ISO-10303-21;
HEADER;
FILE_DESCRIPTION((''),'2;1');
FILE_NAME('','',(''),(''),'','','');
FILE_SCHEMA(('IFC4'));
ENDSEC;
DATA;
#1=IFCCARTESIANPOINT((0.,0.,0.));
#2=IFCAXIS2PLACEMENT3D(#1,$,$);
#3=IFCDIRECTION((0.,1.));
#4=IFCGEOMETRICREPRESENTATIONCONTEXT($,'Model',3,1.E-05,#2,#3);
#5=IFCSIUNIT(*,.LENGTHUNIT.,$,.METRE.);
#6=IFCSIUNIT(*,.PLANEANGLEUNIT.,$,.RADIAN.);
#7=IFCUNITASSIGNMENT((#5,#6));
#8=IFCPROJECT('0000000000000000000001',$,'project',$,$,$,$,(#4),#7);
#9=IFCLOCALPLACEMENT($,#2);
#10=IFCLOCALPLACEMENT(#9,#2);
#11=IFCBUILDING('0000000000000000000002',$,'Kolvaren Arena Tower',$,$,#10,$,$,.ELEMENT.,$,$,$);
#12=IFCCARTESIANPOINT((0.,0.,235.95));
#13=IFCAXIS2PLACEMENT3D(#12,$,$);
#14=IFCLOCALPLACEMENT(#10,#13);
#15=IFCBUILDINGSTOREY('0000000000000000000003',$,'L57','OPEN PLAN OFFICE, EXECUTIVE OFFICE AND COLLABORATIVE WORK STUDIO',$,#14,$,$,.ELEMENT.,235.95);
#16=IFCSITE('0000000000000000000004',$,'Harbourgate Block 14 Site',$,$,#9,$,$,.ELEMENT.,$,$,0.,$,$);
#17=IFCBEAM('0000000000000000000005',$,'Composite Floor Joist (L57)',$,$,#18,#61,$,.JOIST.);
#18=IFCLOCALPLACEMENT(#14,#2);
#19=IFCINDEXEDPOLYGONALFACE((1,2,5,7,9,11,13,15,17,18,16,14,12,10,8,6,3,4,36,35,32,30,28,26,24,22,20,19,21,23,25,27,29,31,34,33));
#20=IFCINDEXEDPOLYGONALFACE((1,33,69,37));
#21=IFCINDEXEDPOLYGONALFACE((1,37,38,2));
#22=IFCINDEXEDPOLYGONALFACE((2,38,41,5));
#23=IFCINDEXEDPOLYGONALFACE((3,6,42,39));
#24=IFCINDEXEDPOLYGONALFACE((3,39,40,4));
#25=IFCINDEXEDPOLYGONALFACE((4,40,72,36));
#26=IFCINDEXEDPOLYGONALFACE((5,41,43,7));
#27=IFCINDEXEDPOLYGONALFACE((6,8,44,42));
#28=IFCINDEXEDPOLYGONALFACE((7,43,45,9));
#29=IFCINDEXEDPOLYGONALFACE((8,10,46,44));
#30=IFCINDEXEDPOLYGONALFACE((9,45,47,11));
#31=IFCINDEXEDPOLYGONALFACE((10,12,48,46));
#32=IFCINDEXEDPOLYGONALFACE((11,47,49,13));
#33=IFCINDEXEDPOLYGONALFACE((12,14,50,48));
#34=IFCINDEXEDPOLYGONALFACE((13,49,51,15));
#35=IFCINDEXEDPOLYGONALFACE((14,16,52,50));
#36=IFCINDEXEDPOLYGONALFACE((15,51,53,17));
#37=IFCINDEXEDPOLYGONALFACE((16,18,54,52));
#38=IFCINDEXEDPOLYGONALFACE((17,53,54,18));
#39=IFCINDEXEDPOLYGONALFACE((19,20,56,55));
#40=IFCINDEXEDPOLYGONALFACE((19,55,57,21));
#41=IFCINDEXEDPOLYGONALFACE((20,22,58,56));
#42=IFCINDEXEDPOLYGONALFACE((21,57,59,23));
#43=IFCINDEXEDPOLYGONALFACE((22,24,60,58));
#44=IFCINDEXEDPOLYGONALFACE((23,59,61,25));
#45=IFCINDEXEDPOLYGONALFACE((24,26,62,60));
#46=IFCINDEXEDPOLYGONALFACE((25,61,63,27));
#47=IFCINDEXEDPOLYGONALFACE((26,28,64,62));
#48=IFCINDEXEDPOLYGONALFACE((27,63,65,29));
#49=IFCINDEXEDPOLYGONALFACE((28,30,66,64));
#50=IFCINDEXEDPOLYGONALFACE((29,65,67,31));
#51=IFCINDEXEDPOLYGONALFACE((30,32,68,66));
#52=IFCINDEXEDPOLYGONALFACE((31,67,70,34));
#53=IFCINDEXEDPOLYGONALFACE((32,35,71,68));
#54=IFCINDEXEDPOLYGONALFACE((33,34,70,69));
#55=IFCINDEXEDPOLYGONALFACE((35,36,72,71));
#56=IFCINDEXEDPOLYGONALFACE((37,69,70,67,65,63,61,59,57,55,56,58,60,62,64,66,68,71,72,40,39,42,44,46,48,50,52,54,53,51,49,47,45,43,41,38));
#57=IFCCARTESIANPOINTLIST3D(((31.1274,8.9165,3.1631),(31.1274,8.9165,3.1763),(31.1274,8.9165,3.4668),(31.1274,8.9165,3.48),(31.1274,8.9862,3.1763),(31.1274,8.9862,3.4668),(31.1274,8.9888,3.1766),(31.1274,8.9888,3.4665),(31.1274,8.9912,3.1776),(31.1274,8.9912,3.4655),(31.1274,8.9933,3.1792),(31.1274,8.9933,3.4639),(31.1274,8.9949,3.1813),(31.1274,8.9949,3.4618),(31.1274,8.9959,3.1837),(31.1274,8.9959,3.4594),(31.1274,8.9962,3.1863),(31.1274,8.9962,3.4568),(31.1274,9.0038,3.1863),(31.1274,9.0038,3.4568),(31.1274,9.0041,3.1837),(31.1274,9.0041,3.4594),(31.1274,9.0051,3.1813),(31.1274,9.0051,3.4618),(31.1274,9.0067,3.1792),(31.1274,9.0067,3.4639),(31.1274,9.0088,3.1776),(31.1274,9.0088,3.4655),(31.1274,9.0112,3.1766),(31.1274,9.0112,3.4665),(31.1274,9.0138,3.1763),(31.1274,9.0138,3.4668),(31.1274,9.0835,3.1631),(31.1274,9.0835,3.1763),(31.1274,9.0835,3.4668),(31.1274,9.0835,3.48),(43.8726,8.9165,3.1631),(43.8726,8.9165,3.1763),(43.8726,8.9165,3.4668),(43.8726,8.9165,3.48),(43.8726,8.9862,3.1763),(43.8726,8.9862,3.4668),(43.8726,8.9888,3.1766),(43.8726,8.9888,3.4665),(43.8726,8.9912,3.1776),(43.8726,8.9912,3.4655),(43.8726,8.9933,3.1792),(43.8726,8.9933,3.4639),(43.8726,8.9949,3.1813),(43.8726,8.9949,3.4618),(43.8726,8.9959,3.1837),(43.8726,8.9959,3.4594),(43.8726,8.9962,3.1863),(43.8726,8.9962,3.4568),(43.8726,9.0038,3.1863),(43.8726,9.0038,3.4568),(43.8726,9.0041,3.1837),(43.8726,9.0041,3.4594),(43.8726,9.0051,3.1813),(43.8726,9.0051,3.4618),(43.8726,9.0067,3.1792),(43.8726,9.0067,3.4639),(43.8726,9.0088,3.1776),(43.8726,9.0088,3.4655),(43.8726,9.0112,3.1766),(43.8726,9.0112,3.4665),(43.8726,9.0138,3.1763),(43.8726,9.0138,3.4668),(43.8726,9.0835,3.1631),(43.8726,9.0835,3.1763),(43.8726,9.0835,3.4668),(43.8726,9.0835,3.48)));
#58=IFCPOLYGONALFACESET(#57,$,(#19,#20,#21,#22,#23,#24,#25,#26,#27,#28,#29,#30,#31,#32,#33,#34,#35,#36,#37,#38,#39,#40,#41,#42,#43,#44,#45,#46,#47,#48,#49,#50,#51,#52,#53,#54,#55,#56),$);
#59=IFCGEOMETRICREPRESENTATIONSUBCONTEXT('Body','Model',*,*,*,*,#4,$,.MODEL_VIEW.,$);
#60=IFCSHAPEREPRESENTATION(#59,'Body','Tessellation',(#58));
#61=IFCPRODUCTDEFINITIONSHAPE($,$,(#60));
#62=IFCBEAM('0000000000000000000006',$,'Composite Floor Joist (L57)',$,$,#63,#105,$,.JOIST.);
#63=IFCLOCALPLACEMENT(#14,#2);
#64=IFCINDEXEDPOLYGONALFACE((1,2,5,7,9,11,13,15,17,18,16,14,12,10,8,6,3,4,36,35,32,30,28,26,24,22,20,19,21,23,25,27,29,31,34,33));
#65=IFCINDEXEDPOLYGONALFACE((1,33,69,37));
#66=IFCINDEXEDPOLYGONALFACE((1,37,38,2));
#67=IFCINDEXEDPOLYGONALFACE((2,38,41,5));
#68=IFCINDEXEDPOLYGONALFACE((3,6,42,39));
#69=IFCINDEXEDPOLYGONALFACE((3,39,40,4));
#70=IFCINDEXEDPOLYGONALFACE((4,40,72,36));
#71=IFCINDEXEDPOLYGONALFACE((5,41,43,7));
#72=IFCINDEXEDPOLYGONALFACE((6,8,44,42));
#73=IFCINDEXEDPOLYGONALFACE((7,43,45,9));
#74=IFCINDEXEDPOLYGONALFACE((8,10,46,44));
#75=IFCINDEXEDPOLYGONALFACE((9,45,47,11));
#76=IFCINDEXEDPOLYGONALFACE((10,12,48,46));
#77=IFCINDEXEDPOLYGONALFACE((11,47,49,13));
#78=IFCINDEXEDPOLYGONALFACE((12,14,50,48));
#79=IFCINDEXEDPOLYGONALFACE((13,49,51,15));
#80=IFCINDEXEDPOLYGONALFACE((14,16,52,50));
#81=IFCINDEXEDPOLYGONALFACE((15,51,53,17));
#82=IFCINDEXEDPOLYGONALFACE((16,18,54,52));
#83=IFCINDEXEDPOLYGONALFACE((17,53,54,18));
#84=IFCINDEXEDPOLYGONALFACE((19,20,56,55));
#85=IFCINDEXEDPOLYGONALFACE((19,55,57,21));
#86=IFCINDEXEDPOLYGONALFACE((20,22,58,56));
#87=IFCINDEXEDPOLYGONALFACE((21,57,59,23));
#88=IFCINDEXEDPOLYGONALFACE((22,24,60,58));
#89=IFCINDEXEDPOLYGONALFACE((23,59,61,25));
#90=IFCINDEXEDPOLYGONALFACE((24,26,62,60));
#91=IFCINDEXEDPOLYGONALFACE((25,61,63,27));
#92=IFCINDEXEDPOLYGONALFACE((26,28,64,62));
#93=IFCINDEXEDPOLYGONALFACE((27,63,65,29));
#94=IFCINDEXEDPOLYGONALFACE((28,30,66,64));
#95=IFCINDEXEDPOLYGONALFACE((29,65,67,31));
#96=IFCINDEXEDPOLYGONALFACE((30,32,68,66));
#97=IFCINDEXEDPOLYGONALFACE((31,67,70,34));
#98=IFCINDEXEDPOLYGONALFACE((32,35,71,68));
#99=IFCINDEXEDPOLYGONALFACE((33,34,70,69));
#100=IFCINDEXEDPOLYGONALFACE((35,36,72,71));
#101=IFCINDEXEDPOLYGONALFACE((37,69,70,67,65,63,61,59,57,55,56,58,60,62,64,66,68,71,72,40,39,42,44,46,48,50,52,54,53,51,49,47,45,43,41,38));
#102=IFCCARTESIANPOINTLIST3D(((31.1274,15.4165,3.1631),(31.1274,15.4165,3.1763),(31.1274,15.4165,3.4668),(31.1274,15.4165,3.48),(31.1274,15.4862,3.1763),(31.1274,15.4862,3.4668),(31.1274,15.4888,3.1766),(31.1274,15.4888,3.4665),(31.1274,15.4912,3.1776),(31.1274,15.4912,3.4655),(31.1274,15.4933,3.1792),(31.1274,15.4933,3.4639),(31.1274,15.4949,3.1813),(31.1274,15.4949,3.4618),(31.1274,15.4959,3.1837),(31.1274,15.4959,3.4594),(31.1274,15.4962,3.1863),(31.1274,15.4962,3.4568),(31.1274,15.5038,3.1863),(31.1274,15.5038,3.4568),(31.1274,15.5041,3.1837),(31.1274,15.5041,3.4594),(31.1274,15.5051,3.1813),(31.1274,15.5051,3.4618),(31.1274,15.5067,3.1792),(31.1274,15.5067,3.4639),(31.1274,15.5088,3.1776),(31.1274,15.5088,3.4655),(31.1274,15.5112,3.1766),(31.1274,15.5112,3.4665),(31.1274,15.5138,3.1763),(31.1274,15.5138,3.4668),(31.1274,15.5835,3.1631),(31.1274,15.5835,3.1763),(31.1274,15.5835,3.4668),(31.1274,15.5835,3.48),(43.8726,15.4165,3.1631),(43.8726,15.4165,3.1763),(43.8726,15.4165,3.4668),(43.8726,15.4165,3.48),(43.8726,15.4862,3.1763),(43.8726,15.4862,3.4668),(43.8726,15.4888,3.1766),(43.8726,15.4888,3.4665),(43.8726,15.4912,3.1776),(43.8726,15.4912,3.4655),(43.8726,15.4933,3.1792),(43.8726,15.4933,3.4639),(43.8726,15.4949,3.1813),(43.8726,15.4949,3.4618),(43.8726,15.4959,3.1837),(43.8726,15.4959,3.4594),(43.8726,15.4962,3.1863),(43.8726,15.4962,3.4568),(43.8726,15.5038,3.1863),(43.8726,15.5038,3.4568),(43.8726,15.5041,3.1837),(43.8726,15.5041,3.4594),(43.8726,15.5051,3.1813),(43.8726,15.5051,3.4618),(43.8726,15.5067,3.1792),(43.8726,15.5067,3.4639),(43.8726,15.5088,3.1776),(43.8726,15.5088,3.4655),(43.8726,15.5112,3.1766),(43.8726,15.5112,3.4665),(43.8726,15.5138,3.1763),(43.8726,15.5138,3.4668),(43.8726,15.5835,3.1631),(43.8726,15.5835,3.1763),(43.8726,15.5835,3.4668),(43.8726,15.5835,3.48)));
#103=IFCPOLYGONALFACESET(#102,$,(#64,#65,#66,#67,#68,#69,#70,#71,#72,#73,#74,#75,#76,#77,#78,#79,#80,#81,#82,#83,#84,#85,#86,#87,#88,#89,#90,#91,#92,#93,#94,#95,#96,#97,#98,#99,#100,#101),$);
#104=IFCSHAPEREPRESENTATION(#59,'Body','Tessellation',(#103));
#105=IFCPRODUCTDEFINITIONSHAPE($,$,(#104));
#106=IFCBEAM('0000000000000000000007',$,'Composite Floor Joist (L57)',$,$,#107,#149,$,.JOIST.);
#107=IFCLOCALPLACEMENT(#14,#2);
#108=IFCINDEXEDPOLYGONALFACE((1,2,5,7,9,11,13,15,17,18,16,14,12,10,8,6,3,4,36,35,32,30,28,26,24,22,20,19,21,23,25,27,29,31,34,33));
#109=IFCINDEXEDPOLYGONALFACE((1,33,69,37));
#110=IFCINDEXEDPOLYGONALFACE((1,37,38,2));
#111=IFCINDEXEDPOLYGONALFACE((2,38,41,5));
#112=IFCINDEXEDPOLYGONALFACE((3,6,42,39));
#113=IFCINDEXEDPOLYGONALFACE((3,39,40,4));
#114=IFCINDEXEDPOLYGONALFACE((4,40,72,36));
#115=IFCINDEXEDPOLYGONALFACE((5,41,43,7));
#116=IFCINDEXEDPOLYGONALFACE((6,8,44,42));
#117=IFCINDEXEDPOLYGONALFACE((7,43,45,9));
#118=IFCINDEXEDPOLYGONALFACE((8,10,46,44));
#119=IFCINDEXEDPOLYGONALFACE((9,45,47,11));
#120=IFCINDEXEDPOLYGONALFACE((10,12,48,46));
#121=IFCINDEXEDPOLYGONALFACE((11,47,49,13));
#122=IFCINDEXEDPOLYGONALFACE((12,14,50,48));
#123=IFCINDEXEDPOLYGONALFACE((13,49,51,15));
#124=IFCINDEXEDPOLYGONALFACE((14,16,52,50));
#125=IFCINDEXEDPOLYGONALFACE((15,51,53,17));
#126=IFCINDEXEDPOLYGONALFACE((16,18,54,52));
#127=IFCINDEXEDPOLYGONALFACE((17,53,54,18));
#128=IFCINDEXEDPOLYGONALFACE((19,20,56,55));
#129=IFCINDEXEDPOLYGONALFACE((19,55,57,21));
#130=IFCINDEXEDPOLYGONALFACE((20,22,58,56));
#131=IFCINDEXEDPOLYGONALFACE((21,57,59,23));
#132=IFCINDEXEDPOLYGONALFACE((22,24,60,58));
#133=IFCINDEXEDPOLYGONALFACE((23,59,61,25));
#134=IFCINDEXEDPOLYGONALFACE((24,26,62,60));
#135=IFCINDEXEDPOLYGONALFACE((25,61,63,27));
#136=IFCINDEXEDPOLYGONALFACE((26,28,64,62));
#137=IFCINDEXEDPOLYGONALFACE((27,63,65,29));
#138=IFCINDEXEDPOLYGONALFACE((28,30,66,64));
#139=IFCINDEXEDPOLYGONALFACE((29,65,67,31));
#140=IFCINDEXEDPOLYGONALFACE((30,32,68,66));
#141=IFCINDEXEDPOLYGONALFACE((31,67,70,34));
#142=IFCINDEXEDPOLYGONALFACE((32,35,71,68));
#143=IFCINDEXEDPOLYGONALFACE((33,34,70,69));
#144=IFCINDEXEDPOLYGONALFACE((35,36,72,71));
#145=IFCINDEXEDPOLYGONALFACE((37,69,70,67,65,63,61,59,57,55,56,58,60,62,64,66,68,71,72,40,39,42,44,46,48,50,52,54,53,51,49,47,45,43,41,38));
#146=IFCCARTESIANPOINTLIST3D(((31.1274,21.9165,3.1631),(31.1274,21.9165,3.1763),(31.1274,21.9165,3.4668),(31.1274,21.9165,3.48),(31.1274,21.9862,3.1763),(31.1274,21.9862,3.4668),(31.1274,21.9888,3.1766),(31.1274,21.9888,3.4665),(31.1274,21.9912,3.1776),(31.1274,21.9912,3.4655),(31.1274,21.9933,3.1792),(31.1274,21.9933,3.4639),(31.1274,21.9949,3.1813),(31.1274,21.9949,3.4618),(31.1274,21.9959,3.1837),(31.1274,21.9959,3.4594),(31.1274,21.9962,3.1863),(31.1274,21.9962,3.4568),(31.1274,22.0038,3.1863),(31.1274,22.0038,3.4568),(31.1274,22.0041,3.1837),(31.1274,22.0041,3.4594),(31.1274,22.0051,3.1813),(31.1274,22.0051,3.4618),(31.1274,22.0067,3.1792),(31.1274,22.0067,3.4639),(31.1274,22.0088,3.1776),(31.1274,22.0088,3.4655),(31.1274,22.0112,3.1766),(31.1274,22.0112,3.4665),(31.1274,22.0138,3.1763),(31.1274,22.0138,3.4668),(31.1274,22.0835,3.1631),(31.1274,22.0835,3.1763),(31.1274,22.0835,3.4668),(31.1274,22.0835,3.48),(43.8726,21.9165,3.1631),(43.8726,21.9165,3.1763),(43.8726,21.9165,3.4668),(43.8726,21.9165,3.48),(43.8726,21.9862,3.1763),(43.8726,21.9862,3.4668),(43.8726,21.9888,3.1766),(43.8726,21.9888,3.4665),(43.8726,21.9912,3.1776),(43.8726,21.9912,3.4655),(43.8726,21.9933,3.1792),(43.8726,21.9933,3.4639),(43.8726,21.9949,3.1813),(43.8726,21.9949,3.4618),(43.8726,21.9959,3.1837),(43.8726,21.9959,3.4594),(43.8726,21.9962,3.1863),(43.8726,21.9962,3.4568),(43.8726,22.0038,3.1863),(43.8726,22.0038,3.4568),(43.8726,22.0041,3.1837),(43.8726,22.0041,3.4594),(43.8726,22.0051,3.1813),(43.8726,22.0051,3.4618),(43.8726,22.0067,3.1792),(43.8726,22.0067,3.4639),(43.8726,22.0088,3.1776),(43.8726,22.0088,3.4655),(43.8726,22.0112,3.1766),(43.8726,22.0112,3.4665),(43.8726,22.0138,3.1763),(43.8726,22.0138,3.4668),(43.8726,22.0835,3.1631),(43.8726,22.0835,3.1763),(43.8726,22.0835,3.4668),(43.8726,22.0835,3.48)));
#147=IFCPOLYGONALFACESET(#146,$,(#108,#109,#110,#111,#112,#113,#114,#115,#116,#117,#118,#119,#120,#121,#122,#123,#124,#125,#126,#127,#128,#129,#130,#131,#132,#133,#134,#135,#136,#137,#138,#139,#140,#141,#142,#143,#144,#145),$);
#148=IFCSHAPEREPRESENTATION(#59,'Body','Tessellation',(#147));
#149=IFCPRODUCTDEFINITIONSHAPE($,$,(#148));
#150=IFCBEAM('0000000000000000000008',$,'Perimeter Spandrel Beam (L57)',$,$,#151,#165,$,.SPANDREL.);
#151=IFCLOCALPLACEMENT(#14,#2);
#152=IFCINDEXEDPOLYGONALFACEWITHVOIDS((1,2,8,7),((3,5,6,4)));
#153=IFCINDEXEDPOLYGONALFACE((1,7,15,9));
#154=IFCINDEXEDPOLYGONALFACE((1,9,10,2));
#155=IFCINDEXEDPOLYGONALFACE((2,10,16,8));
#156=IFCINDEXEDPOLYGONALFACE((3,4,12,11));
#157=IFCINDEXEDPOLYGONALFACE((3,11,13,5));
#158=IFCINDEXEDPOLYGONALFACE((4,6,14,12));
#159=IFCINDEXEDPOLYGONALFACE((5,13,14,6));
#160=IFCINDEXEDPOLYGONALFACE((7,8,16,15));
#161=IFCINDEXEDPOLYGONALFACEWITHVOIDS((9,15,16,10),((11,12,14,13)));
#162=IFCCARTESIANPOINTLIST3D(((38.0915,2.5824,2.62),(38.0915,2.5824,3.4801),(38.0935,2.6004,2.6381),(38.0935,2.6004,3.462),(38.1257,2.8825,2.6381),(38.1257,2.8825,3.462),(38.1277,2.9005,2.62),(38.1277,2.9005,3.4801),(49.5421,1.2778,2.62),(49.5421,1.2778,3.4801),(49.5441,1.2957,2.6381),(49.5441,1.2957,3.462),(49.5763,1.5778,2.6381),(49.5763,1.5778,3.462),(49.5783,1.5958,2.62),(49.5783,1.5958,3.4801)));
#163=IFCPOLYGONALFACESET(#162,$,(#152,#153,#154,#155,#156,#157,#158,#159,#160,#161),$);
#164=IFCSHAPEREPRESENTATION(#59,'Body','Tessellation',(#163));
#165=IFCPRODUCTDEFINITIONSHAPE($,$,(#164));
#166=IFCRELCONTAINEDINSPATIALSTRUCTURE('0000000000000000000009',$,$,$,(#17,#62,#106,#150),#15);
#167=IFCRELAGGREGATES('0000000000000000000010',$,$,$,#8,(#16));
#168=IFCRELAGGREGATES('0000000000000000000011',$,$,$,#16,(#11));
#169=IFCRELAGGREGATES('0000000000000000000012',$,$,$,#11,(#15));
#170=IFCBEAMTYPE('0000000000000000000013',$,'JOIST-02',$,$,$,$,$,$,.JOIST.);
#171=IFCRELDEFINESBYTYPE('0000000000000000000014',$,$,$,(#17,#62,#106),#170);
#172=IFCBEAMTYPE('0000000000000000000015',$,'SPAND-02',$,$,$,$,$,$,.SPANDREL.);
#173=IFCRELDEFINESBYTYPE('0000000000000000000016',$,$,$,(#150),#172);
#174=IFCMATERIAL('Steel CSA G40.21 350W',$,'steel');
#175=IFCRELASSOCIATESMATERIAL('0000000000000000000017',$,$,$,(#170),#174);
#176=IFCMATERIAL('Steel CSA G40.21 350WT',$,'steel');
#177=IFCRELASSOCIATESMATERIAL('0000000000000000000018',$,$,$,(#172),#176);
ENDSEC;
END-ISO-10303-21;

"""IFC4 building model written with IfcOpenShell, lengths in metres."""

from ifc_helpers import new_model, si_unit, direction, frame, origin, origin_2d, place, context, subcontext, project, spatial, hollow_rectangle, i_section, extrude, material, material_profile, profile_set, type_object, element, save


model = new_model("IFC4")

# Units and contexts
model_context = context("Model", 3, precision=1e-05, world=origin(), true_north=direction((0.0, 1.0)))
body_context = subcontext(model_context, "Body", "Model", "MODEL_VIEW")
ifc_project = project(units=[si_unit("LENGTHUNIT", "METRE"), si_unit("PLANEANGLEUNIT", "RADIAN")], contexts=[model_context])

# Site, building, storey
site_placement = place(None, origin())
site = spatial("IfcSite", under=ifc_project, at=site_placement, Name="Harbourgate Block 14 Site", CompositionType="ELEMENT", RefElevation=0.0)
building_placement = place(site_placement, origin())
building = spatial("IfcBuilding", under=site, at=building_placement, Name="Kolvaren Arena Tower", CompositionType="ELEMENT")
storey_placement = place(building_placement, frame((0.0, 0.0, 235.95)))
storey = spatial("IfcBuildingStorey", under=building, at=storey_placement, Name="L57", Description="OPEN PLAN OFFICE, EXECUTIVE OFFICE AND COLLABORATIVE WORK STUDIO", CompositionType="ELEMENT", Elevation=235.95)

# Beams
ifc_material_1 = material(Name="Steel CSA G40.21 350W", Category="steel")
ifc_material_profile_1 = material_profile(ifc_material_1, i_section(OverallWidth=0.167, OverallDepth=0.3169, WebThickness=0.0076, FlangeThickness=0.0132, FilletRadius=0.01, at=origin_2d()), Name="W310x52")
ifc_profile_set_1 = profile_set([ifc_material_profile_1], Name="Steel CSA G40.21 350W")
beam_type_1 = type_object("IfcBeamType", Name="JOIST-02", PredefinedType="JOIST", material=ifc_profile_set_1)
for number, where, z_axis, x_axis, name in (
    (1, (31.1274, 9.0, 3.3215), (1.0, 0.0, 0.0), (0.0, 1.0, 0.0), "Composite Floor Joist (L57)"),
    (2, (31.1274, 15.5, 3.3215), (1.0, 0.0, 0.0), (0.0, 1.0, 0.0), "Composite Floor Joist (L57)"),
    (3, (31.1274, 22.0, 3.3215), (1.0, 0.0, 0.0), (0.0, 1.0, 0.0), "Composite Floor Joist (L57)"),
):
    element("IfcBeam", number, at=place(storey_placement, frame(where, z_axis=z_axis, x_axis=x_axis)), inside=storey, type_object=beam_type_1, Name=name, PredefinedType="JOIST", context=body_context, shape_type="SweptSolid", body=[
        extrude(i_section(OverallWidth=0.167, OverallDepth=0.3169, WebThickness=0.0076, FlangeThickness=0.0132, FilletRadius=0.01, at=origin_2d()), origin(), (0.0, 0.0, 1.0), 12.7451),
    ])
ifc_material_2 = material(Name="Steel CSA G40.21 350WT", Category="steel")
ifc_material_profile_2 = material_profile(ifc_material_2, hollow_rectangle(XDim=0.3201, YDim=0.8601, WallThickness=0.0181, at=origin_2d()), Name="HSS 860x320x18")
ifc_profile_set_2 = profile_set([ifc_material_profile_2], Name="Steel CSA G40.21 350WT")
beam_type_2 = type_object("IfcBeamType", Name="SPAND-02", PredefinedType="SPANDREL", material=ifc_profile_set_2)
beam_1_placement = place(storey_placement, frame((38.1096, 2.7415, 3.05), z_axis=(0.993571, -0.113207, 0.0), x_axis=(0.113207, 0.993571, 0.0)))
element("IfcBeam", 4, at=beam_1_placement, inside=storey, type_object=beam_type_2, Name="Perimeter Spandrel Beam (L57)", PredefinedType="SPANDREL", context=body_context, shape_type="SweptSolid", body=[
    extrude(hollow_rectangle(XDim=0.3201, YDim=0.8601, WallThickness=0.0181, at=origin_2d()), origin(), (0.0, 0.0, 1.0), 11.5247),
])

save(model, "model.ifc")
